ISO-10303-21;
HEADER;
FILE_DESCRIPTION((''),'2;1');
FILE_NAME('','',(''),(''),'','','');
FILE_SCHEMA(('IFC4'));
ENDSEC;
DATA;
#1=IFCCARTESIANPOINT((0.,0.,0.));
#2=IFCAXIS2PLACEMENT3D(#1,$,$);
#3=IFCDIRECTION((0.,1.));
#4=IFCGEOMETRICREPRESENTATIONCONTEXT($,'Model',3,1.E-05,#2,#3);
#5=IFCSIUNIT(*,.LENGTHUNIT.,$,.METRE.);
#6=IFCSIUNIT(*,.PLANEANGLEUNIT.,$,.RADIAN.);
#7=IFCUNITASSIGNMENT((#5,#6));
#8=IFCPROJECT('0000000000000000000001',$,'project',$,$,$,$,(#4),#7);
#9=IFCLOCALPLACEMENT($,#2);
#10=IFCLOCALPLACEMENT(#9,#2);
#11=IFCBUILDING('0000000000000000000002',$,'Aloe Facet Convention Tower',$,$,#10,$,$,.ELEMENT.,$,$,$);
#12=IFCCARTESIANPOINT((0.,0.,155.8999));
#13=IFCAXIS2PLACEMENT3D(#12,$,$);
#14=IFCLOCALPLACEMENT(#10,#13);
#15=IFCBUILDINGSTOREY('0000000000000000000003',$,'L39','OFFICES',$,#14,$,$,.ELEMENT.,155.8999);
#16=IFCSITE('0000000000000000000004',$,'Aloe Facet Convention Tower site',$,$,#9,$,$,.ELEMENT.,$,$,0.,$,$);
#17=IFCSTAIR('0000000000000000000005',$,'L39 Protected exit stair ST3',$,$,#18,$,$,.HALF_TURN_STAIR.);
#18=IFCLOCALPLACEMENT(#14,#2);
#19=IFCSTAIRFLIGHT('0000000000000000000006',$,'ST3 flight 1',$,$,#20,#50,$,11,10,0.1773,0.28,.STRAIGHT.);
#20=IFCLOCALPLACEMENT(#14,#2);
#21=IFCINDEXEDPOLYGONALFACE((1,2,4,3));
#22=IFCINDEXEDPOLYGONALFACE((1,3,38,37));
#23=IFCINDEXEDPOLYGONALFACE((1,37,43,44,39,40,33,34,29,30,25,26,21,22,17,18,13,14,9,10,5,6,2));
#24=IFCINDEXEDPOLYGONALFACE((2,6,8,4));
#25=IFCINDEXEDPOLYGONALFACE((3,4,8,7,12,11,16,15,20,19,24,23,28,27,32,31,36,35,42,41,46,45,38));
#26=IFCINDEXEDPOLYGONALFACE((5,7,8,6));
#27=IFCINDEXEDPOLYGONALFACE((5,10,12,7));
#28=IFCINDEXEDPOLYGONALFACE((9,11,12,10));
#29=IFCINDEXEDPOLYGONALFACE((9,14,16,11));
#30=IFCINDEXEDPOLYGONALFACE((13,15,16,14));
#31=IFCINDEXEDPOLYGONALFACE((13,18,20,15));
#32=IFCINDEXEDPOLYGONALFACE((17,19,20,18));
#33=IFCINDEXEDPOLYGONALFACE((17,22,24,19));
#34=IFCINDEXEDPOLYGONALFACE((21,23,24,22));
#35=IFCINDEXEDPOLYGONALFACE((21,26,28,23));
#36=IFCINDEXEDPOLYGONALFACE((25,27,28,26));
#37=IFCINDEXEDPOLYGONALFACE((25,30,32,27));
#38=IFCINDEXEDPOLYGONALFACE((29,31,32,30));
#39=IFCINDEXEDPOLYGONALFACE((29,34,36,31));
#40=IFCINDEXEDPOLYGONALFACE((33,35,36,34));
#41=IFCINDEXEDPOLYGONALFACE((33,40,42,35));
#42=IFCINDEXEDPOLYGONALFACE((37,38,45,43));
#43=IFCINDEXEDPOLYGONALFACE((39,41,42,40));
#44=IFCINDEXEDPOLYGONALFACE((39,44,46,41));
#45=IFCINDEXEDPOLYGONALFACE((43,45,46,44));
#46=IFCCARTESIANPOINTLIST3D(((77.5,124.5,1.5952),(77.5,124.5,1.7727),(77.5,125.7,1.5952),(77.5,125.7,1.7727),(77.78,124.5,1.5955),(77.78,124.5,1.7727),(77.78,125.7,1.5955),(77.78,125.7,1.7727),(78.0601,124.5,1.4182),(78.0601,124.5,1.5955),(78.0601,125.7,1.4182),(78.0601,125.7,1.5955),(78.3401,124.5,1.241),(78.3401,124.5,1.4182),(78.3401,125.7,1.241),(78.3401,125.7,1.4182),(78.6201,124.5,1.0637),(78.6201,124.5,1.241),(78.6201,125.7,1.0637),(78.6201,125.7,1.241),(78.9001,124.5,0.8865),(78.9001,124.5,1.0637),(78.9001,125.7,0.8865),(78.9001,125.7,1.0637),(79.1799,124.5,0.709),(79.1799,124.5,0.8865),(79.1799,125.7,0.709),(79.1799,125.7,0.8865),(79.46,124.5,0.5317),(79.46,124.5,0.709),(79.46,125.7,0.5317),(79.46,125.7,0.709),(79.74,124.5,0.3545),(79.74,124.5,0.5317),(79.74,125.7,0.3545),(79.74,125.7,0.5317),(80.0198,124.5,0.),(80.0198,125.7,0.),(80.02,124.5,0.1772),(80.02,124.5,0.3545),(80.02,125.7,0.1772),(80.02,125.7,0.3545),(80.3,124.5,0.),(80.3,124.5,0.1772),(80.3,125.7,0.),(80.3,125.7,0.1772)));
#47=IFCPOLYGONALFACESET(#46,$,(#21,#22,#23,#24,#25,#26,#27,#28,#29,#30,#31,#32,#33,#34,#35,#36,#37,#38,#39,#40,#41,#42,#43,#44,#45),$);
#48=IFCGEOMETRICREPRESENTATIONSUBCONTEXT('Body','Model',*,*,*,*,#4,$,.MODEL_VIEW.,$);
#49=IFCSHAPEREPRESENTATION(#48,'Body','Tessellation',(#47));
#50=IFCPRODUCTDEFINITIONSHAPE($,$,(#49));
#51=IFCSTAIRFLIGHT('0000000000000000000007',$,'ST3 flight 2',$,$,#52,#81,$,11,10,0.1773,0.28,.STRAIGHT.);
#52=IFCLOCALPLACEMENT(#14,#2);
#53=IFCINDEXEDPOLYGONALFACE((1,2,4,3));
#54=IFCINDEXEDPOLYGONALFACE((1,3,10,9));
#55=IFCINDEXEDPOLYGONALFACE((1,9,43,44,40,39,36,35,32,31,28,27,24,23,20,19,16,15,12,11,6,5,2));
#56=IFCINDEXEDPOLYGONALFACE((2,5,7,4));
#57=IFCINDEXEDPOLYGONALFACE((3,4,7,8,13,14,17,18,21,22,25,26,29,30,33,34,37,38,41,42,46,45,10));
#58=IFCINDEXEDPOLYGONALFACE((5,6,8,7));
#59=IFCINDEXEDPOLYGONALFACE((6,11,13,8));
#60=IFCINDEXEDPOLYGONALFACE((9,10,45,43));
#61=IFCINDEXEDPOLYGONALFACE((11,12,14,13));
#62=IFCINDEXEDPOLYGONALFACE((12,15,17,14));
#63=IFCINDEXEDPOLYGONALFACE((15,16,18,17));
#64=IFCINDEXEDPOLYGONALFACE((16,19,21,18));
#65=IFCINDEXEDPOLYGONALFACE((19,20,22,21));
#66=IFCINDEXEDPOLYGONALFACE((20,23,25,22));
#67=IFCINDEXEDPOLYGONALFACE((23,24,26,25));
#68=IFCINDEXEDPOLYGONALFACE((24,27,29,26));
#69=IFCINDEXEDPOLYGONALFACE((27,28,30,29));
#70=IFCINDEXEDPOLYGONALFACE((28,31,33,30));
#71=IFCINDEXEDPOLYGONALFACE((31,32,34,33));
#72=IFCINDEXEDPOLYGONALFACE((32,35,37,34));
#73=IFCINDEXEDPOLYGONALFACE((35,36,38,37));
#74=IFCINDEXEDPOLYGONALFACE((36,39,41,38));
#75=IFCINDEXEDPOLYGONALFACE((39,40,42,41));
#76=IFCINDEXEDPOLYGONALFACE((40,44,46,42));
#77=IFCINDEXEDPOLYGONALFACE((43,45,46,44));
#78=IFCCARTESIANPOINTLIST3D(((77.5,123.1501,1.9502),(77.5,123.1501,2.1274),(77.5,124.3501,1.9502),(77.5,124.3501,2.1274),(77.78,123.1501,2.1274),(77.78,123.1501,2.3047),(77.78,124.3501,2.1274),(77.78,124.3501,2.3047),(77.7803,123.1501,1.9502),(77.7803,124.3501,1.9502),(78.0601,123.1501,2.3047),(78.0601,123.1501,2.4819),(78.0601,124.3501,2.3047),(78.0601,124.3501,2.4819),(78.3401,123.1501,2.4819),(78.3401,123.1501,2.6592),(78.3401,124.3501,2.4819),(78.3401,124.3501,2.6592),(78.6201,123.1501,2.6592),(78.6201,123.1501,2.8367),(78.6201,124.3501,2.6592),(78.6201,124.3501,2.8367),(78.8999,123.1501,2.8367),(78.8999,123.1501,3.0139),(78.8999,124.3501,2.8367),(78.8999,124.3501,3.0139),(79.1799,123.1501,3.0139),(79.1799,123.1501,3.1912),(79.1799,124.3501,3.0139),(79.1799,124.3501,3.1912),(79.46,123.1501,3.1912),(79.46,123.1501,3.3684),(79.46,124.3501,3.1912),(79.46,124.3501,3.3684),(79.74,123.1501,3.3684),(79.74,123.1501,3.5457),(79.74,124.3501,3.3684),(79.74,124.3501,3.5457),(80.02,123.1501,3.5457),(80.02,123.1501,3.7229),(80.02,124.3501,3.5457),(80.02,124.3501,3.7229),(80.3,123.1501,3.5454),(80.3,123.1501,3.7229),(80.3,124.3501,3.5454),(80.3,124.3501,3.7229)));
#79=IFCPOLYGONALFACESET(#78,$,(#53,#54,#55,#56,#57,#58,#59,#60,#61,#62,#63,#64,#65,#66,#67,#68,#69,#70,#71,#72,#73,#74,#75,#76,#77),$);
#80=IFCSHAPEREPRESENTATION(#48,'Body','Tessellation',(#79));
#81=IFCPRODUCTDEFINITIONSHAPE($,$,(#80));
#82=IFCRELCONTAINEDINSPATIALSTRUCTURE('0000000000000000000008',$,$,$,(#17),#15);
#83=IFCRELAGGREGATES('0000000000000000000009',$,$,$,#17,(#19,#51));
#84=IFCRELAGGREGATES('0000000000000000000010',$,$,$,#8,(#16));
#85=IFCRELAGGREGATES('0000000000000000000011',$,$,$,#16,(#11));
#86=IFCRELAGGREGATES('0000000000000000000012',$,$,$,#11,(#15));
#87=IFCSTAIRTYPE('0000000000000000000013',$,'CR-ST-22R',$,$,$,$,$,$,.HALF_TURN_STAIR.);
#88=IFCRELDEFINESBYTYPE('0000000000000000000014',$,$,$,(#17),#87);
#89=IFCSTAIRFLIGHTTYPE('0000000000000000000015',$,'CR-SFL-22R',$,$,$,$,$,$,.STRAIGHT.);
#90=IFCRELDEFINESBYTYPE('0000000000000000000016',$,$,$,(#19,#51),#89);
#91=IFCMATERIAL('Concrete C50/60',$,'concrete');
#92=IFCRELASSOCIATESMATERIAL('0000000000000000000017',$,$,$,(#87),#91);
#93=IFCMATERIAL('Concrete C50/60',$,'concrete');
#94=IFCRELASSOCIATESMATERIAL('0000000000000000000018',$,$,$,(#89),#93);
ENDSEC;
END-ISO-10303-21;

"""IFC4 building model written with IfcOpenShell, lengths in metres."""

from ifc_helpers import new_model, si_unit, direction, frame, origin, place, context, subcontext, project, spatial, polyline, outline, extrude, material, type_object, element, aggregate, save


model = new_model("IFC4")

# Units and contexts
model_context = context("Model", 3, precision=1e-05, world=origin(), true_north=direction((0.0, 1.0)))
body_context = subcontext(model_context, "Body", "Model", "MODEL_VIEW")
ifc_project = project(units=[si_unit("LENGTHUNIT", "METRE"), si_unit("PLANEANGLEUNIT", "RADIAN")], contexts=[model_context])

# Site, building, storey
site_placement = place(None, origin())
site = spatial("IfcSite", under=ifc_project, at=site_placement, Name="Aloe Facet Convention Tower site", CompositionType="ELEMENT", RefElevation=0.0)
building_placement = place(site_placement, origin())
building = spatial("IfcBuilding", under=site, at=building_placement, Name="Aloe Facet Convention Tower", CompositionType="ELEMENT")
storey_placement = place(building_placement, frame((0.0, 0.0, 155.8999)))
storey = spatial("IfcBuildingStorey", under=building, at=storey_placement, Name="L39", Description="OFFICES", CompositionType="ELEMENT", Elevation=155.8999)

# Shared definitions
ifc_material_1 = material(Name="Concrete C50/60", Category="concrete")
stair_type = type_object("IfcStairType", Name="CR-ST-22R", PredefinedType="HALF_TURN_STAIR", material=ifc_material_1)
ifc_material_2 = material(Name="Concrete C50/60", Category="concrete")
stair_flight_type = type_object("IfcStairFlightType", Name="CR-SFL-22R", PredefinedType="STRAIGHT", material=ifc_material_2)

# Stair, stair flights
stair_1_placement = place(storey_placement, origin())
stair_1 = element("IfcStair", 1, at=stair_1_placement, inside=storey, type_object=stair_type, Name="L39 Protected exit stair ST3", PredefinedType="HALF_TURN_STAIR")
stair_flight_1_placement = place(storey_placement, frame((80.3, 125.1001, 0.0), z_axis=(0.0, 0.0, 1.0), x_axis=(-1.0, 0.0, 0.0)))
stair_flight_1 = element("IfcStairFlight", 2, at=stair_flight_1_placement, type_object=stair_flight_type, Name="ST3 flight 1", NumberOfRisers=11, NumberOfTreads=10, PredefinedType="STRAIGHT", RiserHeight=0.1773, TreadLength=0.28, context=body_context, shape_type="SweptSolid", body=[
    extrude(outline(polyline([(0.0, 0.0), (0.0, 0.1772), (0.28, 0.1772), (0.28, 0.3545), (0.5601, 0.3545), (0.5601, 0.5317), (0.8401, 0.5317), (0.8401, 0.709), (1.1201, 0.709), (1.1201, 0.8865), (1.3999, 0.8865), (1.3999, 1.0637), (1.6799, 1.0637), (1.6799, 1.241), (1.96, 1.241), (1.96, 1.4182), (2.24, 1.4182), (2.24, 1.5955), (2.52, 1.5955), (2.52, 1.7727), (2.8, 1.7727), (2.8, 1.95), (2.8, 1.5952), (0.2803, 0.0), (0.0, 0.0)])), frame((0.0, 0.6001, 0.0), z_axis=(0.0, -1.0, 0.0), x_axis=(1.0, 0.0, 0.0)), (0.0, 0.0, 1.0), 1.2),
])
stair_flight_2_placement = place(storey_placement, frame((77.5, 123.75, 1.9502), z_axis=(0.0, 0.0, 1.0), x_axis=(1.0, 0.0, 0.0)))
stair_flight_2 = element("IfcStairFlight", 3, at=stair_flight_2_placement, type_object=stair_flight_type, Name="ST3 flight 2", NumberOfRisers=11, NumberOfTreads=10, PredefinedType="STRAIGHT", RiserHeight=0.1773, TreadLength=0.28, context=body_context, shape_type="SweptSolid", body=[
    extrude(outline(polyline([(0.0, 0.0), (0.0, 0.1772), (0.28, 0.1772), (0.28, 0.3545), (0.5601, 0.3545), (0.5601, 0.5317), (0.8401, 0.5317), (0.8401, 0.709), (1.1201, 0.709), (1.1201, 0.8865), (1.3999, 0.8865), (1.3999, 1.0637), (1.6799, 1.0637), (1.6799, 1.241), (1.96, 1.241), (1.96, 1.4182), (2.24, 1.4182), (2.24, 1.5955), (2.52, 1.5955), (2.52, 1.7727), (2.8, 1.7727), (2.8, 1.95), (2.8, 1.5952), (0.2803, 0.0), (0.0, 0.0)])), frame((0.0, 0.6001, 0.0), z_axis=(0.0, -1.0, 0.0), x_axis=(1.0, 0.0, 0.0)), (0.0, 0.0, 1.0), 1.2),
])
aggregate(stair_1, [stair_flight_1, stair_flight_2])

save(model, "model.ifc")
